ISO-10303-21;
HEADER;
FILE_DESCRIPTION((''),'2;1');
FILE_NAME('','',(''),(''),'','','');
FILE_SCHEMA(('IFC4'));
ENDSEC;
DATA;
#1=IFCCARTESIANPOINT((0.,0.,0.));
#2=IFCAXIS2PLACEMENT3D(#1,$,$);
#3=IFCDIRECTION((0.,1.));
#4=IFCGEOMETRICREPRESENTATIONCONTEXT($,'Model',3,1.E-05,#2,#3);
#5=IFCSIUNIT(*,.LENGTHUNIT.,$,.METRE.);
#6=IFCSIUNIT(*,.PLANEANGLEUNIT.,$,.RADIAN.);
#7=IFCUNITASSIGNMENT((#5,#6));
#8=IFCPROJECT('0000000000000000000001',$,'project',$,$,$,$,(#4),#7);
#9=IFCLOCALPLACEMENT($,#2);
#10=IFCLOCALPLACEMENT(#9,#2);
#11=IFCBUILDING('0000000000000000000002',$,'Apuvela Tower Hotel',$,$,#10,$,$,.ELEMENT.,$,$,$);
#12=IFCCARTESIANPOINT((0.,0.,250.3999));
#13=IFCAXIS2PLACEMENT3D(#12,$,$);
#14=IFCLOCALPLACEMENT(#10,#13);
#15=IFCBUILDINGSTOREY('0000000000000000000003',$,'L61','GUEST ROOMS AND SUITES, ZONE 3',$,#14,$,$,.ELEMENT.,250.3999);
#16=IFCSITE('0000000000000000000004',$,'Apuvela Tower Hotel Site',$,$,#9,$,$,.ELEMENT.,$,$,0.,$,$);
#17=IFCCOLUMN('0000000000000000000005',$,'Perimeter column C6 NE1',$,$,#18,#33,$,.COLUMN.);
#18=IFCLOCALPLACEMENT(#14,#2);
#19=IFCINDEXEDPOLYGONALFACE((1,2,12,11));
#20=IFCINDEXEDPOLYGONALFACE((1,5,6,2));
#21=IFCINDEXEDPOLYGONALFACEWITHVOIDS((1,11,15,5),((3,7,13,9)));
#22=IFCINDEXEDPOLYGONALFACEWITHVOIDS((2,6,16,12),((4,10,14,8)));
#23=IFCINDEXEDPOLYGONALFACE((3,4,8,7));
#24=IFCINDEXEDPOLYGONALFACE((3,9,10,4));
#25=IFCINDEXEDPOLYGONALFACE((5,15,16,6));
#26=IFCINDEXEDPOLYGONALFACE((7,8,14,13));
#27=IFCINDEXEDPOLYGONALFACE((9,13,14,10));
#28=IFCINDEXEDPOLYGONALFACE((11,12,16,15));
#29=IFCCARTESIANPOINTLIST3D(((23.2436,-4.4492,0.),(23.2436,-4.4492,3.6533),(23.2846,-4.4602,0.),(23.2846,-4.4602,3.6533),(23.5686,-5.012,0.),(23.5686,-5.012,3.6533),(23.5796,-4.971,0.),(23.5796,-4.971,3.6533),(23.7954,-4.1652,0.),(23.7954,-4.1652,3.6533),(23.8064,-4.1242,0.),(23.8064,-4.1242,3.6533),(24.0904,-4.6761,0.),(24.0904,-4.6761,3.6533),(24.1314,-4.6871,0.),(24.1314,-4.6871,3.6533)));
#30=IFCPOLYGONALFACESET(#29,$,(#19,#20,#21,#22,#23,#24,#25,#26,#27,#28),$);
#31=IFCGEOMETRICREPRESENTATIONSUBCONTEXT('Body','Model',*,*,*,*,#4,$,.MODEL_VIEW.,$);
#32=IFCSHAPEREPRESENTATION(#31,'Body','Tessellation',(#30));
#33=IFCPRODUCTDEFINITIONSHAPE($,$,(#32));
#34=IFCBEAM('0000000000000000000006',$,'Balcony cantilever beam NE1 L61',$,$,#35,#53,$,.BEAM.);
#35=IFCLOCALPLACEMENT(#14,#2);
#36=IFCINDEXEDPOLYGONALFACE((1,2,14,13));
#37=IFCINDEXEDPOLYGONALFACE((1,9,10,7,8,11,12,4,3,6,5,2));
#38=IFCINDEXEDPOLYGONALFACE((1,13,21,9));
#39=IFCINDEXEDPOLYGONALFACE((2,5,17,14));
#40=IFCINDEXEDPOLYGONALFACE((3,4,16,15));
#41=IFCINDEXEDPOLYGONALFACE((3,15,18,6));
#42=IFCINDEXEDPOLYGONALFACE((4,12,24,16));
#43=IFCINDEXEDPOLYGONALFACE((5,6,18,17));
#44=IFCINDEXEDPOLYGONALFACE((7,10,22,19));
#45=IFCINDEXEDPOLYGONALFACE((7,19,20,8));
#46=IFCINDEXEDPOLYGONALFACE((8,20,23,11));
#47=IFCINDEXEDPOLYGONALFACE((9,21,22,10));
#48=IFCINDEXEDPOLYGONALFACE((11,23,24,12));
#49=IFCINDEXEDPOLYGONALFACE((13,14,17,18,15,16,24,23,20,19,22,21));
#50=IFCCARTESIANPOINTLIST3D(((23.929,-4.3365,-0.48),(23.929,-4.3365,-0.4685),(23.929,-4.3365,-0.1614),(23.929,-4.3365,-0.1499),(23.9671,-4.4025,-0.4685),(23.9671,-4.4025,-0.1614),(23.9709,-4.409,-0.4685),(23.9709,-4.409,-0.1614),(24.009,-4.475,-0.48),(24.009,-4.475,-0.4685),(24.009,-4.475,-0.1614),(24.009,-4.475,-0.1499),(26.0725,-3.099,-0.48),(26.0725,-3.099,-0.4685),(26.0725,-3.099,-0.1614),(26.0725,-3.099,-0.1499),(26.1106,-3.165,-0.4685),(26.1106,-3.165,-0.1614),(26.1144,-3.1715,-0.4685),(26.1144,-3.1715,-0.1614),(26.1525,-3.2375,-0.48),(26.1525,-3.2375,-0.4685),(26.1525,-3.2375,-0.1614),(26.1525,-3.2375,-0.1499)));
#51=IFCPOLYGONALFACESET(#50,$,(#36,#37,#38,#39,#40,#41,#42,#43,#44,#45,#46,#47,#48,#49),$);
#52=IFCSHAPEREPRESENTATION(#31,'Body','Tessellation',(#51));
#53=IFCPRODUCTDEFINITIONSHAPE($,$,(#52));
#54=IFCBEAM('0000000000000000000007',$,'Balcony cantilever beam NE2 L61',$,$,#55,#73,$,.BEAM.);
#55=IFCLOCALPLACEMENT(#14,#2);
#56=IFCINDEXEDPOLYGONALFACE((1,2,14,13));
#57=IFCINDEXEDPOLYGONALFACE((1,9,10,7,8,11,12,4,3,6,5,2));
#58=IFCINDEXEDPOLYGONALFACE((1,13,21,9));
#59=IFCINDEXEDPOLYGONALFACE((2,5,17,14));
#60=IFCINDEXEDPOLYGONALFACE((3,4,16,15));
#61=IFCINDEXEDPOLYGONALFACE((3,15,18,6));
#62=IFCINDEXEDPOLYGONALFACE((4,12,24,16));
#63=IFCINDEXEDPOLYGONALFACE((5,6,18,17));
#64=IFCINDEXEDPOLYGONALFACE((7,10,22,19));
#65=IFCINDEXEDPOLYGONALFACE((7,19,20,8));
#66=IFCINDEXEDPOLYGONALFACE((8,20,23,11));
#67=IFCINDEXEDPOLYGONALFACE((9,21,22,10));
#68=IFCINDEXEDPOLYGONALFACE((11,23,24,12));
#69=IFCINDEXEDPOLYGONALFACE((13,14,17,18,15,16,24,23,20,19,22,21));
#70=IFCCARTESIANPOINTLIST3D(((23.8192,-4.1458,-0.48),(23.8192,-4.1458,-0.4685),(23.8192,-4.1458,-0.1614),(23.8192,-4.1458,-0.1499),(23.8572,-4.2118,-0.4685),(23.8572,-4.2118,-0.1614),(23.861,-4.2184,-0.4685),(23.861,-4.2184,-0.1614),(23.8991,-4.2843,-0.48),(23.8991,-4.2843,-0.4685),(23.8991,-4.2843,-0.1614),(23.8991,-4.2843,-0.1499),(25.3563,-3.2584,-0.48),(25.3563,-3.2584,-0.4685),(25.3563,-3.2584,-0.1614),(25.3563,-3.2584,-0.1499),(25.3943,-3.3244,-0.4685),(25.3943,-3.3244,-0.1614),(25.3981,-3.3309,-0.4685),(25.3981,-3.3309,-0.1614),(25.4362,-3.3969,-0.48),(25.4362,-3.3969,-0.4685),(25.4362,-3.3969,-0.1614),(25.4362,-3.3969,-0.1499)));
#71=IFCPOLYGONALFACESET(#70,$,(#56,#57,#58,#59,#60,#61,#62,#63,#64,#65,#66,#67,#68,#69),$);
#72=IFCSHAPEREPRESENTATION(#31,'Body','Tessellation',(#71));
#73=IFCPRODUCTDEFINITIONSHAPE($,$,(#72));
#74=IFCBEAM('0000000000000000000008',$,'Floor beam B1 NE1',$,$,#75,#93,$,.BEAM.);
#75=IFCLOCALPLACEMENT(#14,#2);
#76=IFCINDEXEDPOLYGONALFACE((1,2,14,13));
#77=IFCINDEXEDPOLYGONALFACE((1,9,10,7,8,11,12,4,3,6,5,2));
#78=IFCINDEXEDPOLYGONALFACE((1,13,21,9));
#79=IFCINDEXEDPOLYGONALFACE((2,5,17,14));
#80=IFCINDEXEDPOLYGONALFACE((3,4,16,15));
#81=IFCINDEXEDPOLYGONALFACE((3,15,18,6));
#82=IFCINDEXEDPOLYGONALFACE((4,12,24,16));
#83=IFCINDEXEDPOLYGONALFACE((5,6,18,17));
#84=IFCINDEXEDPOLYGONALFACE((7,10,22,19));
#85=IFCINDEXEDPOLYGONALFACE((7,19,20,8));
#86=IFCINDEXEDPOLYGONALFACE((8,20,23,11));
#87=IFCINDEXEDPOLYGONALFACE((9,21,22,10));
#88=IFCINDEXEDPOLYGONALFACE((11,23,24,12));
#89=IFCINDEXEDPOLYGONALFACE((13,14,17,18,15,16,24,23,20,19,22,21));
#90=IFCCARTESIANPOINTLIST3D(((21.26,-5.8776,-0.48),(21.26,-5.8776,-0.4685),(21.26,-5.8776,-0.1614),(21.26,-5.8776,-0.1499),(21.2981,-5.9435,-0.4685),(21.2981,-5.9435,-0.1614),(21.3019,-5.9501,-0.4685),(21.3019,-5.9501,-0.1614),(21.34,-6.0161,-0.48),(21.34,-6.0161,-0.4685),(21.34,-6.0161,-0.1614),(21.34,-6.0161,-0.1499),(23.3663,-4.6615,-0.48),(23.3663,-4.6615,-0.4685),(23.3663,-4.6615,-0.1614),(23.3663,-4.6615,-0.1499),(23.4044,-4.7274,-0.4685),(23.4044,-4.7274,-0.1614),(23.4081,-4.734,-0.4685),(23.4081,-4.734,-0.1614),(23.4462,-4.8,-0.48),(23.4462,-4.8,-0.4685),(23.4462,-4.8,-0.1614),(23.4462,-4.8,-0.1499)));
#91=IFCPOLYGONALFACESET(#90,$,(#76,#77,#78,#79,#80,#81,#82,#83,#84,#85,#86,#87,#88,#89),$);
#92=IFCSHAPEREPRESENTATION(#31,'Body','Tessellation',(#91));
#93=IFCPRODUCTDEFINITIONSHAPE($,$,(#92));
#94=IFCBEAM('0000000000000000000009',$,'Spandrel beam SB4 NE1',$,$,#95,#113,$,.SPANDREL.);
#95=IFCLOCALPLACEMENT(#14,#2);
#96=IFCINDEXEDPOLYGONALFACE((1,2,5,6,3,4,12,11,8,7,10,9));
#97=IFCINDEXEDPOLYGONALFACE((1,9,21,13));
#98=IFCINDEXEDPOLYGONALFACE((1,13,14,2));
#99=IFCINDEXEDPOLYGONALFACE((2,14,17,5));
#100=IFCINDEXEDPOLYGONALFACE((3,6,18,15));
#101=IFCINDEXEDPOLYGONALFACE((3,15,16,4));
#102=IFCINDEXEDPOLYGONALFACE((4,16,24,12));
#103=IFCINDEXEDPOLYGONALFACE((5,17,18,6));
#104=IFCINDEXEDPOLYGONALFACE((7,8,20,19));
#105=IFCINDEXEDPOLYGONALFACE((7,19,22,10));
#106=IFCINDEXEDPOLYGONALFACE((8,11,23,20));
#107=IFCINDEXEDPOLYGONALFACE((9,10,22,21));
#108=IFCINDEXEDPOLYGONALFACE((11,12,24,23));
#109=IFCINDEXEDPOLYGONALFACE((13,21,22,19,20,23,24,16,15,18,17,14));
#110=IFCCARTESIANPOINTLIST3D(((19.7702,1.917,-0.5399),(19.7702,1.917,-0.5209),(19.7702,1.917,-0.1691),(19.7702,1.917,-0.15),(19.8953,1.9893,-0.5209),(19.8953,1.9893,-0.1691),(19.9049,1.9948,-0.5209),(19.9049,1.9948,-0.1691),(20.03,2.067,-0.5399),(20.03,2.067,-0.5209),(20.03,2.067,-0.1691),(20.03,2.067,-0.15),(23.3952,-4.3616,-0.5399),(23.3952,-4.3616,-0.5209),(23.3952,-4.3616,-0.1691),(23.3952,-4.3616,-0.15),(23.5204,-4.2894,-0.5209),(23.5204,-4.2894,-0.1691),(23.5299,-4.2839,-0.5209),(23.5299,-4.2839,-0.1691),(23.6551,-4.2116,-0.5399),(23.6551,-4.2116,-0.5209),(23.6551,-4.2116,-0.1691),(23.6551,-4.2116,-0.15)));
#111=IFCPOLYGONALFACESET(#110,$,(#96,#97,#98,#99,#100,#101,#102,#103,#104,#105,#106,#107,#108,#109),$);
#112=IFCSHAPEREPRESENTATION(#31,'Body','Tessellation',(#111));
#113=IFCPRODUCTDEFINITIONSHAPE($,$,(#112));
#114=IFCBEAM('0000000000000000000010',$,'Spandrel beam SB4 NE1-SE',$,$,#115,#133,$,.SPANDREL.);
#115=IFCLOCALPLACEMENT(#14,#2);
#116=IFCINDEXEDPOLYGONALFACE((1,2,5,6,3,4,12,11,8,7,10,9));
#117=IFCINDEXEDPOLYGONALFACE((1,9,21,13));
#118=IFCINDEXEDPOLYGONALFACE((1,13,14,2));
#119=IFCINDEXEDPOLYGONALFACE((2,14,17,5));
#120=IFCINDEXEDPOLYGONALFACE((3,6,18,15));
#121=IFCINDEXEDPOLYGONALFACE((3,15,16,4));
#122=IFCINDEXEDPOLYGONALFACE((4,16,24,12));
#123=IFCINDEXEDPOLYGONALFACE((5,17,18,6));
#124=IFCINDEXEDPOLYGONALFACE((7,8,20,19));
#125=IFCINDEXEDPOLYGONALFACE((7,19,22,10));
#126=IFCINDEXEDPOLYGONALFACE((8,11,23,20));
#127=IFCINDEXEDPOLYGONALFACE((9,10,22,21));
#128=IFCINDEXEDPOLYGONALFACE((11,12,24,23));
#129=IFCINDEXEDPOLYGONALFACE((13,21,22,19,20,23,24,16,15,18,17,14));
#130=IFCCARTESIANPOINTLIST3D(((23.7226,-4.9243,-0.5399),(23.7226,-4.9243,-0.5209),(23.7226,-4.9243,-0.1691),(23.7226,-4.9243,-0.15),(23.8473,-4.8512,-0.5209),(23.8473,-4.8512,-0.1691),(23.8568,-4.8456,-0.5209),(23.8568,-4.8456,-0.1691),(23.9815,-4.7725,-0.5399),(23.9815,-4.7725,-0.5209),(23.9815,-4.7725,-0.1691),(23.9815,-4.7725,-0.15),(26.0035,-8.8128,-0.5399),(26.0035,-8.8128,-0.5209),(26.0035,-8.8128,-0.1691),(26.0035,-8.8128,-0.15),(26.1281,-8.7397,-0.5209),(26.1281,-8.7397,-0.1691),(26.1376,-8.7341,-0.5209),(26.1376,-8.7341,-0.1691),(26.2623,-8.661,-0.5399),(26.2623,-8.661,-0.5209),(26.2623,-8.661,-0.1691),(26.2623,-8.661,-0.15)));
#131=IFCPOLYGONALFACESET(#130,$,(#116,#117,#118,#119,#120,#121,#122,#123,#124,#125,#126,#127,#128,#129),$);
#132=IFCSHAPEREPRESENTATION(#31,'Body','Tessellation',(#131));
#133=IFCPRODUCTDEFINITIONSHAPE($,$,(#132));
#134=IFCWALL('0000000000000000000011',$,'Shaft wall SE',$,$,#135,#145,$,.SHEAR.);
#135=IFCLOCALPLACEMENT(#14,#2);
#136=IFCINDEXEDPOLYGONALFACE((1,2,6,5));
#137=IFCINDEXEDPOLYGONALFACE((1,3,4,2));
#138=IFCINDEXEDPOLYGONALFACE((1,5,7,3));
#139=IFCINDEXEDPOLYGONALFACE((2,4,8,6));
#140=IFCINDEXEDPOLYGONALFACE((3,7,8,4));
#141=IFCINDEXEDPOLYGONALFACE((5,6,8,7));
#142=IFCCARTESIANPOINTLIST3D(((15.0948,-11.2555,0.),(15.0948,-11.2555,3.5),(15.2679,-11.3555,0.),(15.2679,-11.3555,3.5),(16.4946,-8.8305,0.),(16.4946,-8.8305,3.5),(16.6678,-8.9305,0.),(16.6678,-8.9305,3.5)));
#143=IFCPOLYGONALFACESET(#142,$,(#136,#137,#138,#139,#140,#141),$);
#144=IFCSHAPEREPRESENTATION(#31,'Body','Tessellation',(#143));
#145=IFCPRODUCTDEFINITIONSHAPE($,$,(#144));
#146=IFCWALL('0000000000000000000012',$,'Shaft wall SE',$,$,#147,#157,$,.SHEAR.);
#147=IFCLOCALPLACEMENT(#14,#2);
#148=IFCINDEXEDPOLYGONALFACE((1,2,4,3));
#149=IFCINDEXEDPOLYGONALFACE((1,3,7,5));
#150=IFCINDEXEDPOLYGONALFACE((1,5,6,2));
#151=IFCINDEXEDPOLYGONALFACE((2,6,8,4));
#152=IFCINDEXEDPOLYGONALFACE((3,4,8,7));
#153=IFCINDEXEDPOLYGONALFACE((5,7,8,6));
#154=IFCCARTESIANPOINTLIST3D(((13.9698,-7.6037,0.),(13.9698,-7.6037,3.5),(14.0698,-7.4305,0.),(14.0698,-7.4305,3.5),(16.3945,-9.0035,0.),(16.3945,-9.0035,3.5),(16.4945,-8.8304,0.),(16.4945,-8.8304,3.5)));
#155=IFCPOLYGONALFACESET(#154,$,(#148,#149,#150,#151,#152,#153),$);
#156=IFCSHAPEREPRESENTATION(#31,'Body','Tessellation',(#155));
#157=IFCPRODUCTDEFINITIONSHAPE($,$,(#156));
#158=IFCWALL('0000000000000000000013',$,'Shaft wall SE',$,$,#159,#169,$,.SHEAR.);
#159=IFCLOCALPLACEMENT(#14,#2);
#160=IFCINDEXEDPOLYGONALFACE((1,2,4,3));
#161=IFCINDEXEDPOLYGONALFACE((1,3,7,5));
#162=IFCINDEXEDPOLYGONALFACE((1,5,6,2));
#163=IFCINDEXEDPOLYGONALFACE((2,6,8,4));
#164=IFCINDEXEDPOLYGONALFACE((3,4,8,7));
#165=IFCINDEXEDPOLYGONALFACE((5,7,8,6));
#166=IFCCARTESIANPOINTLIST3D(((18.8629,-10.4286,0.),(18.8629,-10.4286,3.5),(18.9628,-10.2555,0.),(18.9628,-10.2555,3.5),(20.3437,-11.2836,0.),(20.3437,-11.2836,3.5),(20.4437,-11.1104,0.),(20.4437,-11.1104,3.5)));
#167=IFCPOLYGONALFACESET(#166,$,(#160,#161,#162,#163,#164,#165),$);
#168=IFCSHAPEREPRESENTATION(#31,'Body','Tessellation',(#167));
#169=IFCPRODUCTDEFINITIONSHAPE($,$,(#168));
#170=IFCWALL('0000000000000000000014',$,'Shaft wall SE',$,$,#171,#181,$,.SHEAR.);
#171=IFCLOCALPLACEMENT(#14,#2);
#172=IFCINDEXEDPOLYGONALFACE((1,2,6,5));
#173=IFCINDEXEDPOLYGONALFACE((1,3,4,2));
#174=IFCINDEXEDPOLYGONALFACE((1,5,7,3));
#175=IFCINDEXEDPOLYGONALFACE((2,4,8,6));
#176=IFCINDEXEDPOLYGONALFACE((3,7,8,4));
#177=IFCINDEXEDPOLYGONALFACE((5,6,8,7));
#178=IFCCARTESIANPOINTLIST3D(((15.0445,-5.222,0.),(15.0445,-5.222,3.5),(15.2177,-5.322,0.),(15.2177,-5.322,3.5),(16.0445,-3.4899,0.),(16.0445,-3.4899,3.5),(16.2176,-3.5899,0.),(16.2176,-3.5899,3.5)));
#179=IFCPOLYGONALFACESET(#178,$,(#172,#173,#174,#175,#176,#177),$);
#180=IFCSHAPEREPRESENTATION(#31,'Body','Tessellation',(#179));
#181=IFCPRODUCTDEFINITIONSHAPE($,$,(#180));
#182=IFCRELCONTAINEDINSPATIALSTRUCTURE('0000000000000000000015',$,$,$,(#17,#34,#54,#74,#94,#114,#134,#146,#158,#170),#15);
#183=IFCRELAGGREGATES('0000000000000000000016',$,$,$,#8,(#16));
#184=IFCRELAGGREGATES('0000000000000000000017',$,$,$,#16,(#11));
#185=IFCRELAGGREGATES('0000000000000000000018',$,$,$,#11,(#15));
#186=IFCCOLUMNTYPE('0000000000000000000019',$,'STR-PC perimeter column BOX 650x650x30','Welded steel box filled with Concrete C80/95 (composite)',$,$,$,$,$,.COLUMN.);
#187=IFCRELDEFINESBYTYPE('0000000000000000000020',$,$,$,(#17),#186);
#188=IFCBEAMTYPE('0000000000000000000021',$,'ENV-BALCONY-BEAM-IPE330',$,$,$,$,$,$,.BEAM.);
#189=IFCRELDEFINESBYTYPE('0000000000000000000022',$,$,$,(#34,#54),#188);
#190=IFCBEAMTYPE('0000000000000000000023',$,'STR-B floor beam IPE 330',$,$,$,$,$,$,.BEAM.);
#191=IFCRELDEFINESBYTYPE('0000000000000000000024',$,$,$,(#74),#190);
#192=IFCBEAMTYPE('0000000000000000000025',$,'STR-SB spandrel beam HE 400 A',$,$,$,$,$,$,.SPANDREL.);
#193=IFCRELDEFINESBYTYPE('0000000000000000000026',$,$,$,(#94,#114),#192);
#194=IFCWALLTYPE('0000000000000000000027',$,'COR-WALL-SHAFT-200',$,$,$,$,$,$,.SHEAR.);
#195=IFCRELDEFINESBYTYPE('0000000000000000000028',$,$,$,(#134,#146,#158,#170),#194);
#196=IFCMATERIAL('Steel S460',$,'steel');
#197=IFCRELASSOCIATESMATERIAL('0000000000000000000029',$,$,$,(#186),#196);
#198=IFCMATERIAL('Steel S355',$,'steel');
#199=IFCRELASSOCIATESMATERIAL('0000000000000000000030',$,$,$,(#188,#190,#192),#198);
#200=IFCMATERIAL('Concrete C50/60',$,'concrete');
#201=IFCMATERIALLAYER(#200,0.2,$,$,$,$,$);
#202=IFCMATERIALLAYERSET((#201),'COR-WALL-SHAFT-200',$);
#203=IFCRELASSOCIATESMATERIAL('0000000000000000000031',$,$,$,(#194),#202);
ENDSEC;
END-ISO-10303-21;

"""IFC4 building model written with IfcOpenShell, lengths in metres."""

from ifc_helpers import new_model, si_unit, direction, frame, frame_2d, origin, origin_2d, place, context, subcontext, project, spatial, rectangle, hollow_rectangle, i_section, extrude, boolean, halfspace, material, layer, layer_set, material_profile, profile_set, type_object, element, save


model = new_model("IFC4")

# Units and contexts
model_context = context("Model", 3, precision=1e-05, world=origin(), true_north=direction((0.0, 1.0)))
body_context = subcontext(model_context, "Body", "Model", "MODEL_VIEW")
ifc_project = project(units=[si_unit("LENGTHUNIT", "METRE"), si_unit("PLANEANGLEUNIT", "RADIAN")], contexts=[model_context])

# Site, building, storey
site_placement = place(None, origin())
site = spatial("IfcSite", under=ifc_project, at=site_placement, Name="Apuvela Tower Hotel Site", CompositionType="ELEMENT", RefElevation=0.0)
building_placement = place(site_placement, origin())
building = spatial("IfcBuilding", under=site, at=building_placement, Name="Apuvela Tower Hotel", CompositionType="ELEMENT")
storey_placement = place(building_placement, frame((0.0, 0.0, 250.3999)))
storey = spatial("IfcBuildingStorey", under=building, at=storey_placement, Name="L61", Description="GUEST ROOMS AND SUITES, ZONE 3", CompositionType="ELEMENT", Elevation=250.3999)

# Column
ifc_material_1 = material(Name="Steel S460", Category="steel")
ifc_material_profile_1 = material_profile(ifc_material_1, hollow_rectangle(XDim=0.6499, YDim=0.6499, WallThickness=0.03, at=origin_2d()), Name="BOX 650x650x30")
ifc_material_2 = material(Name="Concrete C80/95", Category="concrete")
ifc_material_profile_2 = material_profile(ifc_material_2, rectangle(XDim=0.5901, YDim=0.5901, at=origin_2d()), Name="Concrete C80/95 infill")
ifc_profile_set_1 = profile_set([ifc_material_profile_1, ifc_material_profile_2], Name="Steel S460")
column_type = type_object("IfcColumnType", Name="STR-PC perimeter column BOX 650x650x30", Description="Welded steel box filled with Concrete C80/95 (composite)", PredefinedType="COLUMN", material=ifc_profile_set_1)
column_placement = place(storey_placement, frame((23.6875, -4.5681, 0.0), z_axis=(0.0, 0.0, 1.0), x_axis=(-0.5, 0.866025, 0.0)))
element("IfcColumn", 1, at=column_placement, inside=storey, type_object=column_type, Name="Perimeter column C6 NE1", PredefinedType="COLUMN", context=body_context, shape_type="SweptSolid", body=[
    boolean("DIFFERENCE", extrude(hollow_rectangle(XDim=0.6499, YDim=0.6499, WallThickness=0.03, at=origin_2d()), origin(), (0.0, 0.0, 1.0), 3.7002), halfspace(frame((0.0, 0.0, 3.6533), z_axis=(0.0, 0.0, 1.0), x_axis=(1.0, 0.0, 0.0)), False)),
])

# Beams
ifc_material_3 = material(Name="Steel S355", Category="steel")
ifc_material_profile_3 = material_profile(ifc_material_3, i_section(OverallWidth=0.1599, OverallDepth=0.3301, WebThickness=0.0076, FlangeThickness=0.0115, at=origin_2d()), Name="IPE 330")
ifc_profile_set_2 = profile_set([ifc_material_profile_3], Name="Steel S355")
beam_type_1 = type_object("IfcBeamType", Name="ENV-BALCONY-BEAM-IPE330", PredefinedType="BEAM", material=ifc_profile_set_2)
beam_1_placement = place(storey_placement, frame((23.969, -4.4058, -0.3149), z_axis=(0.866031, 0.49999, 0.0), x_axis=(-0.49999, 0.866031, 0.0)))
element("IfcBeam", 2, at=beam_1_placement, inside=storey, type_object=beam_type_1, Name="Balcony cantilever beam NE1 L61", PredefinedType="BEAM", context=body_context, shape_type="SweptSolid", body=[
    extrude(i_section(OverallWidth=0.1599, OverallDepth=0.3301, WebThickness=0.0076, FlangeThickness=0.0115, at=origin_2d()), origin(), (0.0, 0.0, 1.0), 2.4751),
])
beam_2_placement = place(storey_placement, frame((23.8591, -4.2151, -0.3149), z_axis=(0.866025, 0.5, 0.0), x_axis=(-0.5, 0.866025, 0.0)))
element("IfcBeam", 3, at=beam_2_placement, inside=storey, type_object=beam_type_1, Name="Balcony cantilever beam NE2 L61", PredefinedType="BEAM", context=body_context, shape_type="SweptSolid", body=[
    extrude(i_section(OverallWidth=0.1599, OverallDepth=0.3301, WebThickness=0.0076, FlangeThickness=0.0115, at=origin_2d()), origin(), (0.0, 0.0, 1.0), 1.7749),
])
ifc_material_profile_4 = material_profile(ifc_material_3, i_section(OverallWidth=0.1599, OverallDepth=0.3301, WebThickness=0.0076, FlangeThickness=0.0115, at=origin_2d()), Name="IPE 330")
ifc_profile_set_3 = profile_set([ifc_material_profile_4], Name="Steel S355")
beam_type_2 = type_object("IfcBeamType", Name="STR-B floor beam IPE 330", PredefinedType="BEAM", material=ifc_profile_set_3)
beam_3_placement = place(storey_placement, frame((23.4062, -4.7307, -0.3149), z_axis=(-0.866017, -0.500015, 0.0), x_axis=(0.500015, -0.866017, 0.0)))
element("IfcBeam", 4, at=beam_3_placement, inside=storey, type_object=beam_type_2, Name="Floor beam B1 NE1", PredefinedType="BEAM", context=body_context, shape_type="SweptSolid", body=[
    extrude(i_section(OverallWidth=0.1599, OverallDepth=0.3301, WebThickness=0.0076, FlangeThickness=0.0115, at=origin_2d()), origin(), (0.0, 0.0, 1.0), 2.4321),
])
ifc_material_profile_5 = material_profile(ifc_material_3, i_section(OverallWidth=0.3, OverallDepth=0.3899, WebThickness=0.011, FlangeThickness=0.019, at=origin_2d()), Name="HE 400 A")
ifc_profile_set_4 = profile_set([ifc_material_profile_5], Name="Steel S355")
beam_type_3 = type_object("IfcBeamType", Name="STR-SB spandrel beam HE 400 A", PredefinedType="SPANDREL", material=ifc_profile_set_4)
beam_4_placement = place(storey_placement, frame((23.5251, -4.2866, -0.345), z_axis=(-0.500007, 0.866021, 0.0), x_axis=(-0.866021, -0.500007, 0.0)))
element("IfcBeam", 5, at=beam_4_placement, inside=storey, type_object=beam_type_3, Name="Spandrel beam SB4 NE1", PredefinedType="SPANDREL", context=body_context, shape_type="SweptSolid", body=[
    extrude(i_section(OverallWidth=0.3, OverallDepth=0.3899, WebThickness=0.011, FlangeThickness=0.019, at=origin_2d()), origin(), (0.0, 0.0, 1.0), 7.25),
])
beam_5_placement = place(storey_placement, frame((23.8521, -4.8484, -0.345), z_axis=(0.50594, -0.862568, 0.0), x_axis=(0.862568, 0.50594, 0.0)))
element("IfcBeam", 6, at=beam_5_placement, inside=storey, type_object=beam_type_3, Name="Spandrel beam SB4 NE1-SE", PredefinedType="SPANDREL", context=body_context, shape_type="SweptSolid", body=[
    extrude(i_section(OverallWidth=0.3, OverallDepth=0.3899, WebThickness=0.011, FlangeThickness=0.019, at=origin_2d()), origin(), (0.0, 0.0, 1.0), 4.5081),
])

# Walls
ifc_material_4 = material(Name="Concrete C50/60", Category="concrete")
ifc_layer_1 = layer(ifc_material_4, 0.2)
ifc_layer_set_1 = layer_set([ifc_layer_1], Name="COR-WALL-SHAFT-200")
wall_type_1 = type_object("IfcWallType", Name="COR-WALL-SHAFT-200", PredefinedType="SHEAR", material=ifc_layer_set_1)
wall_1_placement = place(storey_placement, frame((15.1814, -11.3054, 0.0), z_axis=(0.0, 0.0, 1.0), x_axis=(0.499946, 0.866056, 0.0)))
element("IfcWall", 7, at=wall_1_placement, inside=storey, type_object=wall_type_1, Name="Shaft wall SE", PredefinedType="SHEAR", context=body_context, shape_type="SweptSolid", body=[
    extrude(rectangle(XDim=2.8, YDim=0.2, at=frame_2d((1.3999, 0.0))), origin(), (0.0, 0.0, 1.0), 3.5),
])
wall_2_placement = place(storey_placement, frame((14.0198, -7.5171, 0.0), z_axis=(0.0, 0.0, 1.0), x_axis=(0.866035, -0.499984, 0.0)))
element("IfcWall", 8, at=wall_2_placement, inside=storey, type_object=wall_type_1, Name="Shaft wall SE", PredefinedType="SHEAR", context=body_context, shape_type="SweptSolid", body=[
    extrude(rectangle(XDim=2.7998, YDim=0.2, at=frame_2d((1.3999, 0.0))), origin(), (0.0, 0.0, 1.0), 3.5),
])
wall_3_placement = place(storey_placement, frame((18.9128, -10.342, 0.0), z_axis=(0.0, 0.0, 1.0), x_axis=(0.866038, -0.499978, 0.0)))
element("IfcWall", 9, at=wall_3_placement, inside=storey, type_object=wall_type_1, Name="Shaft wall SE", PredefinedType="SHEAR", context=body_context, shape_type="SweptSolid", body=[
    extrude(rectangle(XDim=1.71, YDim=0.2, at=frame_2d((0.855, 0.0))), origin(), (0.0, 0.0, 1.0), 3.5),
])
for number, where, z_axis, x_axis, name in (
    (10, (15.1311, -5.272, 0.0), (0.0, 0.0, 1.0), (0.499973, 0.866041, 0.0), "Shaft wall SE"),
):
    element("IfcWall", number, at=place(storey_placement, frame(where, z_axis=z_axis, x_axis=x_axis)), inside=storey, type_object=wall_type_1, Name=name, PredefinedType="SHEAR", context=body_context, shape_type="SweptSolid", body=[
        extrude(rectangle(XDim=2.0, YDim=0.2, at=frame_2d((1.0, 0.0))), origin(), (0.0, 0.0, 1.0), 3.5),
    ])

save(model, "model.ifc")
